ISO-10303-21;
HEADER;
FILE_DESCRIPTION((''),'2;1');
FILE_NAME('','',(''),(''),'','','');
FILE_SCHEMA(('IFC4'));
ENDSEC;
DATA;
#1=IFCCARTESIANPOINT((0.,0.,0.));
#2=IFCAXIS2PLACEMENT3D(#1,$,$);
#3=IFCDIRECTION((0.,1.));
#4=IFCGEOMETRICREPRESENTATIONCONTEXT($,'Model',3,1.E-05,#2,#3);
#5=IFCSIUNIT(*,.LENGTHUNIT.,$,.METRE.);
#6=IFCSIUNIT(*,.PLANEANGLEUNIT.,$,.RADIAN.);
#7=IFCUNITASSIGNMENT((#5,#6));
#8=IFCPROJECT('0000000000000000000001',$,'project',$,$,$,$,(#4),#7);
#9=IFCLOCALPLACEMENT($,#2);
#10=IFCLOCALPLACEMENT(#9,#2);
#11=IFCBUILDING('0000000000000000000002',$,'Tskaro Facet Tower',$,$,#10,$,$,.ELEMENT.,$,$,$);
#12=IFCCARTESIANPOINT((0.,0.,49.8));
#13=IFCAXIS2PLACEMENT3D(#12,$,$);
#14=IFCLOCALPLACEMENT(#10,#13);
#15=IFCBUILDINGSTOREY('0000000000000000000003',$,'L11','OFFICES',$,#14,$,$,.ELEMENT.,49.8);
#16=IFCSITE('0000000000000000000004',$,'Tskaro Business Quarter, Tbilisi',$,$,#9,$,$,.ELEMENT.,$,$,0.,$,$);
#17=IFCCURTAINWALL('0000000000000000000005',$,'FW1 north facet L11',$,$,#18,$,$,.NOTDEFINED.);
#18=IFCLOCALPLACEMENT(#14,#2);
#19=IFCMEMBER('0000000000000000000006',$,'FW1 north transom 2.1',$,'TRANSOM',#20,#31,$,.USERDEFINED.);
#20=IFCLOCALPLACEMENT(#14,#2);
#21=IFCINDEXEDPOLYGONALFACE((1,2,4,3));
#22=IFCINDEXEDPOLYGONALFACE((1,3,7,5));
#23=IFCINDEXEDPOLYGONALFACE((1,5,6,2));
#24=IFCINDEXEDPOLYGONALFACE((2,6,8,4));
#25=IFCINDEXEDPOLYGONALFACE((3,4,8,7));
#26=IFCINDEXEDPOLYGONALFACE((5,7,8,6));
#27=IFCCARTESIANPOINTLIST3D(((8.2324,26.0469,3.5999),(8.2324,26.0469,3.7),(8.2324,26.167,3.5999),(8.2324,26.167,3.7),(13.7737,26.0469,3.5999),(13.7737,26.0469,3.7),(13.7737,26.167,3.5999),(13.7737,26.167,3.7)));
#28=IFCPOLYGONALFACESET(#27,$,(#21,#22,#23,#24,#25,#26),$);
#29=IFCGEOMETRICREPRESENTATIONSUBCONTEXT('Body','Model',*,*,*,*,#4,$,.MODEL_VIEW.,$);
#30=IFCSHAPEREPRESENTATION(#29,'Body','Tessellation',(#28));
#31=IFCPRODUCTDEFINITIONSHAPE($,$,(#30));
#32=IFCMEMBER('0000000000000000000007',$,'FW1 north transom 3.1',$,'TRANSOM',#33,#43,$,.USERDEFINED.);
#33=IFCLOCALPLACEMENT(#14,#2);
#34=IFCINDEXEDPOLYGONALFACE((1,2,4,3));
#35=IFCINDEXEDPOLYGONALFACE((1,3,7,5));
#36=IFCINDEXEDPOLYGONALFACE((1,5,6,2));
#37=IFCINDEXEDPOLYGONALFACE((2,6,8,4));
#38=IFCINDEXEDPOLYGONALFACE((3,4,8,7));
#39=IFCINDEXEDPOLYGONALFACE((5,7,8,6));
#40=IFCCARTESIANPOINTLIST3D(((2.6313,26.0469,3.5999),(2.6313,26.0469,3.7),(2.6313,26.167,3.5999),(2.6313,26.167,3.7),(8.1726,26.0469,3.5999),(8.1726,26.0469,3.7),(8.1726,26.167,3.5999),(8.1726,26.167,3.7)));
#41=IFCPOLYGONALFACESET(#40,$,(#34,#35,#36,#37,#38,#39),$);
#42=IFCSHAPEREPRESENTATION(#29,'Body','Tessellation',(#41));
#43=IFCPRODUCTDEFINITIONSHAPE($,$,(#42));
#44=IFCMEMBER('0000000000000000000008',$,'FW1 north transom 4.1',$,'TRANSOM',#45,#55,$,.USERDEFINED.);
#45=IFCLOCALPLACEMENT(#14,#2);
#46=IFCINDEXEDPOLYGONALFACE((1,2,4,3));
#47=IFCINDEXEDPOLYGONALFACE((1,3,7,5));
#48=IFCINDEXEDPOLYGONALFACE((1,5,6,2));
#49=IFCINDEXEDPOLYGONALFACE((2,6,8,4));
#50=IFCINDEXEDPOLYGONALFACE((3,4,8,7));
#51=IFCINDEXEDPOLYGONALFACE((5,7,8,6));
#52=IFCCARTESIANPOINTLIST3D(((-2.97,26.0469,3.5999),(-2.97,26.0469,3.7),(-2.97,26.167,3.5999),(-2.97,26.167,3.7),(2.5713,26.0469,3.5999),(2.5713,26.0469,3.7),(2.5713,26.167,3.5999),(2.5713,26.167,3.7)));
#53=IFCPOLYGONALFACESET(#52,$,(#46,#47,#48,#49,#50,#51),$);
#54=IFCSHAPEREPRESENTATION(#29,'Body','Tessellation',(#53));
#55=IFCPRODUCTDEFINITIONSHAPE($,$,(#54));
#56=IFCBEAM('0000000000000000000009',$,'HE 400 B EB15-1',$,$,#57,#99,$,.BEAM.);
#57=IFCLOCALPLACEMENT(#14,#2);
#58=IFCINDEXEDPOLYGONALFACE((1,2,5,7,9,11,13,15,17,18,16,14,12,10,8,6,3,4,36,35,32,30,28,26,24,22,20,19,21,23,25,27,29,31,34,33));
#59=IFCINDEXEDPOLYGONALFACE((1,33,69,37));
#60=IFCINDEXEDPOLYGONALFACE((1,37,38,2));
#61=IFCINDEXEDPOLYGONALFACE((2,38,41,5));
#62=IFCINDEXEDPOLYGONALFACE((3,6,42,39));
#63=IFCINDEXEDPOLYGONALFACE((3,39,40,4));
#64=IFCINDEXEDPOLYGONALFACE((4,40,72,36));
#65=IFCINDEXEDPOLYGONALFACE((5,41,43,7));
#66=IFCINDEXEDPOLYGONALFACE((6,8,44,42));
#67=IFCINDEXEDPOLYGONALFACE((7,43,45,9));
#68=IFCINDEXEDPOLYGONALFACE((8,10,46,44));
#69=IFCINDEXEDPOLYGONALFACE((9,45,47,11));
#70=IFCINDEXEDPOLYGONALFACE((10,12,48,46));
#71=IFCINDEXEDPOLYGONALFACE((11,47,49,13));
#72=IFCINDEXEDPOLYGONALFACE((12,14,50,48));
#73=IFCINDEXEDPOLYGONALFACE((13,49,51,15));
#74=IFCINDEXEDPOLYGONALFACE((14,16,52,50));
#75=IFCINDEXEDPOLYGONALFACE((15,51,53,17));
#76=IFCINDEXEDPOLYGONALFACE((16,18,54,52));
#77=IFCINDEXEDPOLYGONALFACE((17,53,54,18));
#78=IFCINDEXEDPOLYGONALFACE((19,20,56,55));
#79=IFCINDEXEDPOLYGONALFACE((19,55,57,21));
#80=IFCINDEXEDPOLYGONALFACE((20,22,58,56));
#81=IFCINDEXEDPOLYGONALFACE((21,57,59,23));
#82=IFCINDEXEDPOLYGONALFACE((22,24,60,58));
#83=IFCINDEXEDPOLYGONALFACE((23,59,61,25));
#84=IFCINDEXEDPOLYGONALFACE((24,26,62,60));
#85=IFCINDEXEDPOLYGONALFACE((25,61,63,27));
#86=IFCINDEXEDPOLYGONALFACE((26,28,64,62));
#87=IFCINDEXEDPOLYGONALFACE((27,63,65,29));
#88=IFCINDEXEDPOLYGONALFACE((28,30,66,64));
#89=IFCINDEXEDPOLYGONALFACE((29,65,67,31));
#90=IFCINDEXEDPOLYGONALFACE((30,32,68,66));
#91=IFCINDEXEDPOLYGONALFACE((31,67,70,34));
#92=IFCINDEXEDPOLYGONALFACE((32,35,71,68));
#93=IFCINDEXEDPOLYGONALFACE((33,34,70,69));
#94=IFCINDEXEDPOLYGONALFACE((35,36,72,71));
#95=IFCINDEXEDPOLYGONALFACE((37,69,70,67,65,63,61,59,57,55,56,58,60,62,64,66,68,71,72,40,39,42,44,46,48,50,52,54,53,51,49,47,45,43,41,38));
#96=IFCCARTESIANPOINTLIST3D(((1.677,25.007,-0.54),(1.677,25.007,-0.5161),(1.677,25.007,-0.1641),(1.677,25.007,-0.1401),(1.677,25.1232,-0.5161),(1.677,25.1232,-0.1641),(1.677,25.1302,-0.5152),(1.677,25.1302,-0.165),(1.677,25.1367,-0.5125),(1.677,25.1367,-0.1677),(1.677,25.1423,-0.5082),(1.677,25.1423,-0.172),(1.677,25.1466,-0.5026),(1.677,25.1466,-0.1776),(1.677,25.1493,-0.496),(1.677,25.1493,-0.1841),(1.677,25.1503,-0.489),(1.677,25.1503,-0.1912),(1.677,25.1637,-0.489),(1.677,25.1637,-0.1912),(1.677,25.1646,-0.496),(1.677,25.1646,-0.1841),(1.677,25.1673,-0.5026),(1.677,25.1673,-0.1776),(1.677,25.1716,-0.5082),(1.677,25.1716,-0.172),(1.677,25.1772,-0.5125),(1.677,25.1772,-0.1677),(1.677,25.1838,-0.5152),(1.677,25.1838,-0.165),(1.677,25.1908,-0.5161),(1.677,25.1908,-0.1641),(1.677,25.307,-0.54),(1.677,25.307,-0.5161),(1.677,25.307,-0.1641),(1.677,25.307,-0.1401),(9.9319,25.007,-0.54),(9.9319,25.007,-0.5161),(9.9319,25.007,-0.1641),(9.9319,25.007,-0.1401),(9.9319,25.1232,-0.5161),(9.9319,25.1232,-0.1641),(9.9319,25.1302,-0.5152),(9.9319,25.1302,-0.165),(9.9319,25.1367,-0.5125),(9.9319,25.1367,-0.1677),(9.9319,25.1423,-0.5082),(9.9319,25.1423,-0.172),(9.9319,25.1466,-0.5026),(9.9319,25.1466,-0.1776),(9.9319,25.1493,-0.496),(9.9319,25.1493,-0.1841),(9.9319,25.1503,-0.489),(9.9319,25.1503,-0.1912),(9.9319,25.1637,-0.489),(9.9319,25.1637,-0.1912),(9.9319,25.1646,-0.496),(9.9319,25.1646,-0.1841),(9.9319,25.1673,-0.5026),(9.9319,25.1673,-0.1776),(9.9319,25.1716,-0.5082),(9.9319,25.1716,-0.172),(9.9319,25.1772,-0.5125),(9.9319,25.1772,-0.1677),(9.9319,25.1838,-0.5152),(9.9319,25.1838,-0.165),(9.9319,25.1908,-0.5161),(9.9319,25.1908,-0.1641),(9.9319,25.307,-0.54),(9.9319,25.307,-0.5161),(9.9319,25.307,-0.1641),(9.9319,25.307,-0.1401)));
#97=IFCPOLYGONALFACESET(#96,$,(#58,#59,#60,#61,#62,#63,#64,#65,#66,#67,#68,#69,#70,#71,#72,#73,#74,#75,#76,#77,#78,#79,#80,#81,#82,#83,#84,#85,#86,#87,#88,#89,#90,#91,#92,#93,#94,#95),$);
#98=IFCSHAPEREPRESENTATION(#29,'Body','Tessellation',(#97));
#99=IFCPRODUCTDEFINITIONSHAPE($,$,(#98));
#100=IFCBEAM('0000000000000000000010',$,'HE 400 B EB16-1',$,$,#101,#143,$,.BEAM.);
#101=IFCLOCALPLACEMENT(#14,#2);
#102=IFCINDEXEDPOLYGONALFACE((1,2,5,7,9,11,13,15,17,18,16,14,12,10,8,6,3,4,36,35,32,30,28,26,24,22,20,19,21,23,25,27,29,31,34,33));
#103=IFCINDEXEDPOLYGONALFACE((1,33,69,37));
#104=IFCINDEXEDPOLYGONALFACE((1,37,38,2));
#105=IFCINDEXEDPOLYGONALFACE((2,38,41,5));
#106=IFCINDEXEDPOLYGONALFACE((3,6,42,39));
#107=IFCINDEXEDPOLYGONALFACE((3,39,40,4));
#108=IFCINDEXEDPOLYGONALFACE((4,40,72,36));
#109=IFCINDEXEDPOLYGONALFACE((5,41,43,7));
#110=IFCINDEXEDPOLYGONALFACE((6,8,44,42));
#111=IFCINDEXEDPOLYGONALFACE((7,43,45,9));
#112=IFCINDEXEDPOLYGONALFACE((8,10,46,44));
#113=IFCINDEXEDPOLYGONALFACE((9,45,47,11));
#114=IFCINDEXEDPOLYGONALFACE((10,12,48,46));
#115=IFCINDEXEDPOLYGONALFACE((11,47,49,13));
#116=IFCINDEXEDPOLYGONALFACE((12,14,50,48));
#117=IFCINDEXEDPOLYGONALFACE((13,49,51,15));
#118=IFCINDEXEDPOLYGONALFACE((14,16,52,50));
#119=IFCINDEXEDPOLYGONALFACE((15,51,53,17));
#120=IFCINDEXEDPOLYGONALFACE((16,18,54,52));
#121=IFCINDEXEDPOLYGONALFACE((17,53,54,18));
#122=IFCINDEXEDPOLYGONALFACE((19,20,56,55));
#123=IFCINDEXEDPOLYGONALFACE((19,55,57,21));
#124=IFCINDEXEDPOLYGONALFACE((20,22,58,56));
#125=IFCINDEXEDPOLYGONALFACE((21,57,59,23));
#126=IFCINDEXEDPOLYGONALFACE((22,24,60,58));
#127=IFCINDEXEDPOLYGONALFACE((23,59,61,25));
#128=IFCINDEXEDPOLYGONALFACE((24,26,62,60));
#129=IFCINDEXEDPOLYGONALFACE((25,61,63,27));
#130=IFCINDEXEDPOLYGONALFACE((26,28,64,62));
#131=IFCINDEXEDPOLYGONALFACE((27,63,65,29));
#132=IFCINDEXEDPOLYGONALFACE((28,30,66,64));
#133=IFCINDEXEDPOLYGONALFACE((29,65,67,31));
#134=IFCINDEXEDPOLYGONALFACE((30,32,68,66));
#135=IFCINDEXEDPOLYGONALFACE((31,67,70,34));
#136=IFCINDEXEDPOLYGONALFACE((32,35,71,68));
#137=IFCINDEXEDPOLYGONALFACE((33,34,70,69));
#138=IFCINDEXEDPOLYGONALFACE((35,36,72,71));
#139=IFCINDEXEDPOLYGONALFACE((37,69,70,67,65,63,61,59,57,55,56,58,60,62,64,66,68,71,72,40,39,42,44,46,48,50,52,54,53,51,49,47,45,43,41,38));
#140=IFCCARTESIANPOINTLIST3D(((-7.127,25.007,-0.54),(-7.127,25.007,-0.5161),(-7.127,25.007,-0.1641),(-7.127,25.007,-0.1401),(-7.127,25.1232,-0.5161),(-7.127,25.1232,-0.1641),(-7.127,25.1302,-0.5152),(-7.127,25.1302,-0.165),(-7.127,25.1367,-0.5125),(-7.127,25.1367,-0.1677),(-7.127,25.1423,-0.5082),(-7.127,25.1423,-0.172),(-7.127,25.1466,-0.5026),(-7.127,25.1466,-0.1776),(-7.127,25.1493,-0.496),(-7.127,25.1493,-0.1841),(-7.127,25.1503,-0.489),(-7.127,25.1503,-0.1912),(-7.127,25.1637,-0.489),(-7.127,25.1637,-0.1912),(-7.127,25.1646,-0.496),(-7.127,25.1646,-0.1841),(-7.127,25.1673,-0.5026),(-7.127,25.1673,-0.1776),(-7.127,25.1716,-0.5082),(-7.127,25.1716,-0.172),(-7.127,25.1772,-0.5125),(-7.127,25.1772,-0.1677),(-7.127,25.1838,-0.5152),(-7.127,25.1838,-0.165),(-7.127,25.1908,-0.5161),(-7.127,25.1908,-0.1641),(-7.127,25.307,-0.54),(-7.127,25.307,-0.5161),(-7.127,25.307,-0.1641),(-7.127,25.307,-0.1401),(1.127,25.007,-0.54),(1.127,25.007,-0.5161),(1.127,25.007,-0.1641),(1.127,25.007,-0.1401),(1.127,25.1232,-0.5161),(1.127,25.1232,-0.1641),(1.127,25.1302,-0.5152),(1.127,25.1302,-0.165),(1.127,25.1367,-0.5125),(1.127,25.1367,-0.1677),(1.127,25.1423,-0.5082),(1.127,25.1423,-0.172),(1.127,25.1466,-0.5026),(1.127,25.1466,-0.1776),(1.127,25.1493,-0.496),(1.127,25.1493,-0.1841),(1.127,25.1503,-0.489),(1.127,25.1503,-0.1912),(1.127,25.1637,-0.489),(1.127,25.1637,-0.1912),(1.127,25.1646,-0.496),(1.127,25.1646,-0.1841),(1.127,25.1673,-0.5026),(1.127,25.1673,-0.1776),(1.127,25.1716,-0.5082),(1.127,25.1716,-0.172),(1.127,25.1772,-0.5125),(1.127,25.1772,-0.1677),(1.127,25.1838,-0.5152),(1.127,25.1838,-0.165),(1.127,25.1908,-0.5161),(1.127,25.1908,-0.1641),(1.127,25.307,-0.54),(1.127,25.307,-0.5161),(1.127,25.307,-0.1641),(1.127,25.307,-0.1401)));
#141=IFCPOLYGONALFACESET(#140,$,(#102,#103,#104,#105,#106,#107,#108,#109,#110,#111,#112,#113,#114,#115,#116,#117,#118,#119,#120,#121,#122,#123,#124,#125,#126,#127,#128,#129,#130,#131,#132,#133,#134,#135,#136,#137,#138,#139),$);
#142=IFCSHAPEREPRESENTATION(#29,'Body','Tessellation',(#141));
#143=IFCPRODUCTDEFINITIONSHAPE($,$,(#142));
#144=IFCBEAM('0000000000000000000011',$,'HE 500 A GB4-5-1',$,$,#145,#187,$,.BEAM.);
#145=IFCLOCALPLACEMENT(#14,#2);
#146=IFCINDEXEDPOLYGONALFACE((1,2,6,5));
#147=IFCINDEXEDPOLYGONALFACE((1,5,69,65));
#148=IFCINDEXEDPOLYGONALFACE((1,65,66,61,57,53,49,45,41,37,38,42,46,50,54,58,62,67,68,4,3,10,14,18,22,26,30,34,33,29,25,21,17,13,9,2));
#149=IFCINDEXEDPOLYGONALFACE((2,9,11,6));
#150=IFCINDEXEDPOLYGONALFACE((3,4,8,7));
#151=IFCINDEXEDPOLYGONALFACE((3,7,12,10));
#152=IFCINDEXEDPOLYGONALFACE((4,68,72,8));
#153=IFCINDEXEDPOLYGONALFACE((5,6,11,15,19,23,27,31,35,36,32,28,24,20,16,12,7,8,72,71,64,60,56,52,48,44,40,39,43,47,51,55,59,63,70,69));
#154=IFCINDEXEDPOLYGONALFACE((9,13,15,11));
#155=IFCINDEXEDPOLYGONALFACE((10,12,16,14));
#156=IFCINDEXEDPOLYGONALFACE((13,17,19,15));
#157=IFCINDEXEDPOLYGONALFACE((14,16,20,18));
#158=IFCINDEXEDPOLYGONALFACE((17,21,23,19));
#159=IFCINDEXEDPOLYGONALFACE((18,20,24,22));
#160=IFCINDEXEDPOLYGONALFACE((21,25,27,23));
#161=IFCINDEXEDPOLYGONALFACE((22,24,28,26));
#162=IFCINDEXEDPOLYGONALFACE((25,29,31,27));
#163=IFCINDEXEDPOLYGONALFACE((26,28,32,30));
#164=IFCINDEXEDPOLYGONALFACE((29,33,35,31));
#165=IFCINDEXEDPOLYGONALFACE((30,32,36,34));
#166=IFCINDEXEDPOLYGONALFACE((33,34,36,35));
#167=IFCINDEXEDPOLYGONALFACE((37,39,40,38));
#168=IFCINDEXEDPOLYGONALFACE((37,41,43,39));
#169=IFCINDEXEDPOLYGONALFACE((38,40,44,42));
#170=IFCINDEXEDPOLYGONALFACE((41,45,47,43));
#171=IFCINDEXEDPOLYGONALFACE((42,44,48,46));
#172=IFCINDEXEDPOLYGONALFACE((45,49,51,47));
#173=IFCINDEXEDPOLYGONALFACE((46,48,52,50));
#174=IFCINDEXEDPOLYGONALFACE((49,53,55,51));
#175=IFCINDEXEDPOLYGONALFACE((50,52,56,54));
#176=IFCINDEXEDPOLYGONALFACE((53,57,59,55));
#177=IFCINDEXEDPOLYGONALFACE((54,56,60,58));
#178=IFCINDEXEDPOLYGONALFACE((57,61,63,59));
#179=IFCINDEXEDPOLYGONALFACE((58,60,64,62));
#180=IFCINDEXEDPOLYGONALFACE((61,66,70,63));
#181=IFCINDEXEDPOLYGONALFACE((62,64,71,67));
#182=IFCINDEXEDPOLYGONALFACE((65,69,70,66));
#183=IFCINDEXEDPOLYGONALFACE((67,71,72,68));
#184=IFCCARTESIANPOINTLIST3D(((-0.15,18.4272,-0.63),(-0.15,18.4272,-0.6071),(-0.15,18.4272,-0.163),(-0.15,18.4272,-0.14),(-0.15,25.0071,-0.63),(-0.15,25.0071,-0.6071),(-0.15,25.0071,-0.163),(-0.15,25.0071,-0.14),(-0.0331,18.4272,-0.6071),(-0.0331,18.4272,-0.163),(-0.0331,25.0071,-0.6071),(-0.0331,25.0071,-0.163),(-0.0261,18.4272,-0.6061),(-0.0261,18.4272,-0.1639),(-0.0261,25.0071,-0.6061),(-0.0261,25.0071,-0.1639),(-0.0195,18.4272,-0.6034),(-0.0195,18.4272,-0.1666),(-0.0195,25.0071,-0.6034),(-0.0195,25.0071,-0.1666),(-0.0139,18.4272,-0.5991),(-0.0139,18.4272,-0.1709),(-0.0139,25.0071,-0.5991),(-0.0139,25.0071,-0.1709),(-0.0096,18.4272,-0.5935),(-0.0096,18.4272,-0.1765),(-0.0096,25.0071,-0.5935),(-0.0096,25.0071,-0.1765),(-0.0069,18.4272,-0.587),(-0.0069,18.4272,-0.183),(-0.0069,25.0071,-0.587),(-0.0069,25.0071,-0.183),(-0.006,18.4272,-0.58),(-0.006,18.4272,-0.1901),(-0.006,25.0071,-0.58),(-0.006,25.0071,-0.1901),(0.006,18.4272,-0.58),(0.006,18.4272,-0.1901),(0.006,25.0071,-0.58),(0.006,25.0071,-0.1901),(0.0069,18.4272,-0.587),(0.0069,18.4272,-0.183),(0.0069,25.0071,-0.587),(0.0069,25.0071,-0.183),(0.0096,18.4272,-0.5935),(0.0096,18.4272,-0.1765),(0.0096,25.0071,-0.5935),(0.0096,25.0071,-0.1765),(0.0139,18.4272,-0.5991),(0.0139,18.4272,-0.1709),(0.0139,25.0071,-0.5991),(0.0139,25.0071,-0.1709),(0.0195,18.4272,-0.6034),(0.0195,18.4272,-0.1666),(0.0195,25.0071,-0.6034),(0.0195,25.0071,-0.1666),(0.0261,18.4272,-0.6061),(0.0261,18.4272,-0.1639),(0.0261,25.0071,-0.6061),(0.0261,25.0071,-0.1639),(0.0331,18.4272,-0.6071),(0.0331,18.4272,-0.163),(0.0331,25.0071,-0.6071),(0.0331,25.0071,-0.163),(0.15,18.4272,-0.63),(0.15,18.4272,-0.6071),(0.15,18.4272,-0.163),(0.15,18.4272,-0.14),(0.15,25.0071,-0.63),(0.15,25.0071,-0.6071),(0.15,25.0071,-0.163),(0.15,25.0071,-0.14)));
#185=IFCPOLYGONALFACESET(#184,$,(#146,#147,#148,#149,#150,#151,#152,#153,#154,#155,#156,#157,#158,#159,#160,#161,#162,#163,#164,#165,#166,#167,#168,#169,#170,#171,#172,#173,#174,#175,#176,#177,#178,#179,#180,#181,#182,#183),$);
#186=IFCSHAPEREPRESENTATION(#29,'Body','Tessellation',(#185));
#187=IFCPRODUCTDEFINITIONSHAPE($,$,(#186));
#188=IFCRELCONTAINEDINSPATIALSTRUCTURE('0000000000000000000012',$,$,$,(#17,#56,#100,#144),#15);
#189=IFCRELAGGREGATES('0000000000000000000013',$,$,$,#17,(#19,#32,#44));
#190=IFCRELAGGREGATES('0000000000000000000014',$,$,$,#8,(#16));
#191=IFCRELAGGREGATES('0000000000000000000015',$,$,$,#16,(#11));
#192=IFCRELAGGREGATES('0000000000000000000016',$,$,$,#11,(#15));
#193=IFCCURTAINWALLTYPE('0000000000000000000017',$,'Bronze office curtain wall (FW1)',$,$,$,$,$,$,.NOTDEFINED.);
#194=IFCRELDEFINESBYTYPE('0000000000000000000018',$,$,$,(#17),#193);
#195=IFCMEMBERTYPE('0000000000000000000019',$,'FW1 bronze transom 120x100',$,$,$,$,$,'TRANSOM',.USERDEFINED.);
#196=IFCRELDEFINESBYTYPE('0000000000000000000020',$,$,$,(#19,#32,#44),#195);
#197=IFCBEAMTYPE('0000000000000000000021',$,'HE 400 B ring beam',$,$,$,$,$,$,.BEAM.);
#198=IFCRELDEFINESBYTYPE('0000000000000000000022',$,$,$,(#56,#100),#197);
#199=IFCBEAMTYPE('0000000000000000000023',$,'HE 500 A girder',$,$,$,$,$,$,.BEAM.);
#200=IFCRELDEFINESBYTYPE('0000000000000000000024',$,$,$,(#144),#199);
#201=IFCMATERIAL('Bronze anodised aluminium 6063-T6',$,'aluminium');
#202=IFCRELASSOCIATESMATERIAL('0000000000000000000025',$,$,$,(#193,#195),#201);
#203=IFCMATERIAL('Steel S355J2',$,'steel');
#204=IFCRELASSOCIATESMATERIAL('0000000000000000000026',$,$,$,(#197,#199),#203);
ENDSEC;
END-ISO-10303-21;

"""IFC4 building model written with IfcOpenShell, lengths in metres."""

from ifc_helpers import new_model, si_unit, direction, frame, origin, origin_2d, place, context, subcontext, project, spatial, rectangle, i_section, extrude, material, material_profile, profile_set, type_object, element, aggregate, save


model = new_model("IFC4")

# Units and contexts
model_context = context("Model", 3, precision=1e-05, world=origin(), true_north=direction((0.0, 1.0)))
body_context = subcontext(model_context, "Body", "Model", "MODEL_VIEW")
ifc_project = project(units=[si_unit("LENGTHUNIT", "METRE"), si_unit("PLANEANGLEUNIT", "RADIAN")], contexts=[model_context])

# Site, building, storey
site_placement = place(None, origin())
site = spatial("IfcSite", under=ifc_project, at=site_placement, Name="Tskaro Business Quarter, Tbilisi", CompositionType="ELEMENT", RefElevation=0.0)
building_placement = place(site_placement, origin())
building = spatial("IfcBuilding", under=site, at=building_placement, Name="Tskaro Facet Tower", CompositionType="ELEMENT")
storey_placement = place(building_placement, frame((0.0, 0.0, 49.8)))
storey = spatial("IfcBuildingStorey", under=building, at=storey_placement, Name="L11", Description="OFFICES", CompositionType="ELEMENT", Elevation=49.8)

# Curtain wall, members
ifc_material_1 = material(Name="Bronze anodised aluminium 6063-T6", Category="aluminium")
curtain_wall_type = type_object("IfcCurtainWallType", Name="Bronze office curtain wall (FW1)", PredefinedType="NOTDEFINED", material=ifc_material_1)
curtain_wall_placement = place(storey_placement, origin())
curtain_wall = element("IfcCurtainWall", 1, at=curtain_wall_placement, inside=storey, type_object=curtain_wall_type, Name="FW1 north facet L11", PredefinedType="NOTDEFINED")
ifc_material_profile_1 = material_profile(ifc_material_1, rectangle(XDim=0.1201, YDim=0.1001, at=origin_2d()), Name="Transom 120x100")
ifc_profile_set_1 = profile_set([ifc_material_profile_1], Name="Bronze anodised aluminium 6063-T6")
member_type_1 = type_object("IfcMemberType", Name="FW1 bronze transom 120x100", ElementType="TRANSOM", PredefinedType="USERDEFINED", material=ifc_profile_set_1)
member_1_placement = place(storey_placement, frame((13.7737, 26.1069, 3.6499), z_axis=(-1.0, 0.0, 0.0), x_axis=(0.0, -1.0, 0.0)))
member_1 = element("IfcMember", 2, at=member_1_placement, type_object=member_type_1, Name="FW1 north transom 2.1", ObjectType="TRANSOM", PredefinedType="USERDEFINED", context=body_context, shape_type="SweptSolid", body=[
    extrude(rectangle(XDim=0.1201, YDim=0.1001, at=origin_2d()), origin(), (0.0, 0.0, 1.0), 5.5413),
])
member_2_placement = place(storey_placement, frame((8.1726, 26.1069, 3.6499), z_axis=(-1.0, 0.0, 0.0), x_axis=(0.0, -1.0, 0.0)))
member_2 = element("IfcMember", 3, at=member_2_placement, type_object=member_type_1, Name="FW1 north transom 3.1", ObjectType="TRANSOM", PredefinedType="USERDEFINED", context=body_context, shape_type="SweptSolid", body=[
    extrude(rectangle(XDim=0.1201, YDim=0.1001, at=origin_2d()), origin(), (0.0, 0.0, 1.0), 5.5413),
])
member_3_placement = place(storey_placement, frame((2.5713, 26.1069, 3.6499), z_axis=(-1.0, 0.0, 0.0), x_axis=(0.0, -1.0, 0.0)))
member_3 = element("IfcMember", 4, at=member_3_placement, type_object=member_type_1, Name="FW1 north transom 4.1", ObjectType="TRANSOM", PredefinedType="USERDEFINED", context=body_context, shape_type="SweptSolid", body=[
    extrude(rectangle(XDim=0.1201, YDim=0.1001, at=origin_2d()), origin(), (0.0, 0.0, 1.0), 5.5413),
])

# Beams
ifc_material_2 = material(Name="Steel S355J2", Category="steel")
ifc_material_profile_2 = material_profile(ifc_material_2, i_section(OverallWidth=0.3, OverallDepth=0.3999, WebThickness=0.0134, FlangeThickness=0.0239, FilletRadius=0.0271, at=origin_2d()), Name="HE 400 B")
ifc_profile_set_2 = profile_set([ifc_material_profile_2], Name="Steel S355J2")
beam_type_1 = type_object("IfcBeamType", Name="HE 400 B ring beam", PredefinedType="BEAM", material=ifc_profile_set_2)
beam_1_placement = place(storey_placement, frame((9.9319, 25.157, -0.3401), z_axis=(-1.0, 0.0, 0.0), x_axis=(0.0, -1.0, 0.0)))
element("IfcBeam", 5, at=beam_1_placement, inside=storey, type_object=beam_type_1, Name="HE 400 B EB15-1", PredefinedType="BEAM", context=body_context, shape_type="SweptSolid", body=[
    extrude(i_section(OverallWidth=0.3, OverallDepth=0.3999, WebThickness=0.0134, FlangeThickness=0.0239, FilletRadius=0.0271, at=origin_2d()), origin(), (0.0, 0.0, 1.0), 8.2549),
])
beam_2_placement = place(storey_placement, frame((1.127, 25.157, -0.3401), z_axis=(-1.0, 0.0, 0.0), x_axis=(0.0, -1.0, 0.0)))
element("IfcBeam", 6, at=beam_2_placement, inside=storey, type_object=beam_type_1, Name="HE 400 B EB16-1", PredefinedType="BEAM", context=body_context, shape_type="SweptSolid", body=[
    extrude(i_section(OverallWidth=0.3, OverallDepth=0.3999, WebThickness=0.0134, FlangeThickness=0.0239, FilletRadius=0.0271, at=origin_2d()), origin(), (0.0, 0.0, 1.0), 8.2539),
])
ifc_material_profile_3 = material_profile(ifc_material_2, i_section(OverallWidth=0.3, OverallDepth=0.49, WebThickness=0.012, FlangeThickness=0.0229, FilletRadius=0.0271, at=origin_2d()), Name="HE 500 A")
ifc_profile_set_3 = profile_set([ifc_material_profile_3], Name="Steel S355J2")
beam_type_2 = type_object("IfcBeamType", Name="HE 500 A girder", PredefinedType="BEAM", material=ifc_profile_set_3)
for number, where, z_axis, x_axis, name in (
    (7, (0.0, 18.4272, -0.385), (0.0, 1.0, 0.0), (-1.0, 0.0, 0.0), "HE 500 A GB4-5-1"),
):
    element("IfcBeam", number, at=place(storey_placement, frame(where, z_axis=z_axis, x_axis=x_axis)), inside=storey, type_object=beam_type_2, Name=name, PredefinedType="BEAM", context=body_context, shape_type="SweptSolid", body=[
        extrude(i_section(OverallWidth=0.3, OverallDepth=0.49, WebThickness=0.012, FlangeThickness=0.0229, FilletRadius=0.0271, at=origin_2d()), origin(), (0.0, 0.0, 1.0), 6.5798),
    ])

aggregate(curtain_wall, [member_1, member_2, member_3])

save(model, "model.ifc")
